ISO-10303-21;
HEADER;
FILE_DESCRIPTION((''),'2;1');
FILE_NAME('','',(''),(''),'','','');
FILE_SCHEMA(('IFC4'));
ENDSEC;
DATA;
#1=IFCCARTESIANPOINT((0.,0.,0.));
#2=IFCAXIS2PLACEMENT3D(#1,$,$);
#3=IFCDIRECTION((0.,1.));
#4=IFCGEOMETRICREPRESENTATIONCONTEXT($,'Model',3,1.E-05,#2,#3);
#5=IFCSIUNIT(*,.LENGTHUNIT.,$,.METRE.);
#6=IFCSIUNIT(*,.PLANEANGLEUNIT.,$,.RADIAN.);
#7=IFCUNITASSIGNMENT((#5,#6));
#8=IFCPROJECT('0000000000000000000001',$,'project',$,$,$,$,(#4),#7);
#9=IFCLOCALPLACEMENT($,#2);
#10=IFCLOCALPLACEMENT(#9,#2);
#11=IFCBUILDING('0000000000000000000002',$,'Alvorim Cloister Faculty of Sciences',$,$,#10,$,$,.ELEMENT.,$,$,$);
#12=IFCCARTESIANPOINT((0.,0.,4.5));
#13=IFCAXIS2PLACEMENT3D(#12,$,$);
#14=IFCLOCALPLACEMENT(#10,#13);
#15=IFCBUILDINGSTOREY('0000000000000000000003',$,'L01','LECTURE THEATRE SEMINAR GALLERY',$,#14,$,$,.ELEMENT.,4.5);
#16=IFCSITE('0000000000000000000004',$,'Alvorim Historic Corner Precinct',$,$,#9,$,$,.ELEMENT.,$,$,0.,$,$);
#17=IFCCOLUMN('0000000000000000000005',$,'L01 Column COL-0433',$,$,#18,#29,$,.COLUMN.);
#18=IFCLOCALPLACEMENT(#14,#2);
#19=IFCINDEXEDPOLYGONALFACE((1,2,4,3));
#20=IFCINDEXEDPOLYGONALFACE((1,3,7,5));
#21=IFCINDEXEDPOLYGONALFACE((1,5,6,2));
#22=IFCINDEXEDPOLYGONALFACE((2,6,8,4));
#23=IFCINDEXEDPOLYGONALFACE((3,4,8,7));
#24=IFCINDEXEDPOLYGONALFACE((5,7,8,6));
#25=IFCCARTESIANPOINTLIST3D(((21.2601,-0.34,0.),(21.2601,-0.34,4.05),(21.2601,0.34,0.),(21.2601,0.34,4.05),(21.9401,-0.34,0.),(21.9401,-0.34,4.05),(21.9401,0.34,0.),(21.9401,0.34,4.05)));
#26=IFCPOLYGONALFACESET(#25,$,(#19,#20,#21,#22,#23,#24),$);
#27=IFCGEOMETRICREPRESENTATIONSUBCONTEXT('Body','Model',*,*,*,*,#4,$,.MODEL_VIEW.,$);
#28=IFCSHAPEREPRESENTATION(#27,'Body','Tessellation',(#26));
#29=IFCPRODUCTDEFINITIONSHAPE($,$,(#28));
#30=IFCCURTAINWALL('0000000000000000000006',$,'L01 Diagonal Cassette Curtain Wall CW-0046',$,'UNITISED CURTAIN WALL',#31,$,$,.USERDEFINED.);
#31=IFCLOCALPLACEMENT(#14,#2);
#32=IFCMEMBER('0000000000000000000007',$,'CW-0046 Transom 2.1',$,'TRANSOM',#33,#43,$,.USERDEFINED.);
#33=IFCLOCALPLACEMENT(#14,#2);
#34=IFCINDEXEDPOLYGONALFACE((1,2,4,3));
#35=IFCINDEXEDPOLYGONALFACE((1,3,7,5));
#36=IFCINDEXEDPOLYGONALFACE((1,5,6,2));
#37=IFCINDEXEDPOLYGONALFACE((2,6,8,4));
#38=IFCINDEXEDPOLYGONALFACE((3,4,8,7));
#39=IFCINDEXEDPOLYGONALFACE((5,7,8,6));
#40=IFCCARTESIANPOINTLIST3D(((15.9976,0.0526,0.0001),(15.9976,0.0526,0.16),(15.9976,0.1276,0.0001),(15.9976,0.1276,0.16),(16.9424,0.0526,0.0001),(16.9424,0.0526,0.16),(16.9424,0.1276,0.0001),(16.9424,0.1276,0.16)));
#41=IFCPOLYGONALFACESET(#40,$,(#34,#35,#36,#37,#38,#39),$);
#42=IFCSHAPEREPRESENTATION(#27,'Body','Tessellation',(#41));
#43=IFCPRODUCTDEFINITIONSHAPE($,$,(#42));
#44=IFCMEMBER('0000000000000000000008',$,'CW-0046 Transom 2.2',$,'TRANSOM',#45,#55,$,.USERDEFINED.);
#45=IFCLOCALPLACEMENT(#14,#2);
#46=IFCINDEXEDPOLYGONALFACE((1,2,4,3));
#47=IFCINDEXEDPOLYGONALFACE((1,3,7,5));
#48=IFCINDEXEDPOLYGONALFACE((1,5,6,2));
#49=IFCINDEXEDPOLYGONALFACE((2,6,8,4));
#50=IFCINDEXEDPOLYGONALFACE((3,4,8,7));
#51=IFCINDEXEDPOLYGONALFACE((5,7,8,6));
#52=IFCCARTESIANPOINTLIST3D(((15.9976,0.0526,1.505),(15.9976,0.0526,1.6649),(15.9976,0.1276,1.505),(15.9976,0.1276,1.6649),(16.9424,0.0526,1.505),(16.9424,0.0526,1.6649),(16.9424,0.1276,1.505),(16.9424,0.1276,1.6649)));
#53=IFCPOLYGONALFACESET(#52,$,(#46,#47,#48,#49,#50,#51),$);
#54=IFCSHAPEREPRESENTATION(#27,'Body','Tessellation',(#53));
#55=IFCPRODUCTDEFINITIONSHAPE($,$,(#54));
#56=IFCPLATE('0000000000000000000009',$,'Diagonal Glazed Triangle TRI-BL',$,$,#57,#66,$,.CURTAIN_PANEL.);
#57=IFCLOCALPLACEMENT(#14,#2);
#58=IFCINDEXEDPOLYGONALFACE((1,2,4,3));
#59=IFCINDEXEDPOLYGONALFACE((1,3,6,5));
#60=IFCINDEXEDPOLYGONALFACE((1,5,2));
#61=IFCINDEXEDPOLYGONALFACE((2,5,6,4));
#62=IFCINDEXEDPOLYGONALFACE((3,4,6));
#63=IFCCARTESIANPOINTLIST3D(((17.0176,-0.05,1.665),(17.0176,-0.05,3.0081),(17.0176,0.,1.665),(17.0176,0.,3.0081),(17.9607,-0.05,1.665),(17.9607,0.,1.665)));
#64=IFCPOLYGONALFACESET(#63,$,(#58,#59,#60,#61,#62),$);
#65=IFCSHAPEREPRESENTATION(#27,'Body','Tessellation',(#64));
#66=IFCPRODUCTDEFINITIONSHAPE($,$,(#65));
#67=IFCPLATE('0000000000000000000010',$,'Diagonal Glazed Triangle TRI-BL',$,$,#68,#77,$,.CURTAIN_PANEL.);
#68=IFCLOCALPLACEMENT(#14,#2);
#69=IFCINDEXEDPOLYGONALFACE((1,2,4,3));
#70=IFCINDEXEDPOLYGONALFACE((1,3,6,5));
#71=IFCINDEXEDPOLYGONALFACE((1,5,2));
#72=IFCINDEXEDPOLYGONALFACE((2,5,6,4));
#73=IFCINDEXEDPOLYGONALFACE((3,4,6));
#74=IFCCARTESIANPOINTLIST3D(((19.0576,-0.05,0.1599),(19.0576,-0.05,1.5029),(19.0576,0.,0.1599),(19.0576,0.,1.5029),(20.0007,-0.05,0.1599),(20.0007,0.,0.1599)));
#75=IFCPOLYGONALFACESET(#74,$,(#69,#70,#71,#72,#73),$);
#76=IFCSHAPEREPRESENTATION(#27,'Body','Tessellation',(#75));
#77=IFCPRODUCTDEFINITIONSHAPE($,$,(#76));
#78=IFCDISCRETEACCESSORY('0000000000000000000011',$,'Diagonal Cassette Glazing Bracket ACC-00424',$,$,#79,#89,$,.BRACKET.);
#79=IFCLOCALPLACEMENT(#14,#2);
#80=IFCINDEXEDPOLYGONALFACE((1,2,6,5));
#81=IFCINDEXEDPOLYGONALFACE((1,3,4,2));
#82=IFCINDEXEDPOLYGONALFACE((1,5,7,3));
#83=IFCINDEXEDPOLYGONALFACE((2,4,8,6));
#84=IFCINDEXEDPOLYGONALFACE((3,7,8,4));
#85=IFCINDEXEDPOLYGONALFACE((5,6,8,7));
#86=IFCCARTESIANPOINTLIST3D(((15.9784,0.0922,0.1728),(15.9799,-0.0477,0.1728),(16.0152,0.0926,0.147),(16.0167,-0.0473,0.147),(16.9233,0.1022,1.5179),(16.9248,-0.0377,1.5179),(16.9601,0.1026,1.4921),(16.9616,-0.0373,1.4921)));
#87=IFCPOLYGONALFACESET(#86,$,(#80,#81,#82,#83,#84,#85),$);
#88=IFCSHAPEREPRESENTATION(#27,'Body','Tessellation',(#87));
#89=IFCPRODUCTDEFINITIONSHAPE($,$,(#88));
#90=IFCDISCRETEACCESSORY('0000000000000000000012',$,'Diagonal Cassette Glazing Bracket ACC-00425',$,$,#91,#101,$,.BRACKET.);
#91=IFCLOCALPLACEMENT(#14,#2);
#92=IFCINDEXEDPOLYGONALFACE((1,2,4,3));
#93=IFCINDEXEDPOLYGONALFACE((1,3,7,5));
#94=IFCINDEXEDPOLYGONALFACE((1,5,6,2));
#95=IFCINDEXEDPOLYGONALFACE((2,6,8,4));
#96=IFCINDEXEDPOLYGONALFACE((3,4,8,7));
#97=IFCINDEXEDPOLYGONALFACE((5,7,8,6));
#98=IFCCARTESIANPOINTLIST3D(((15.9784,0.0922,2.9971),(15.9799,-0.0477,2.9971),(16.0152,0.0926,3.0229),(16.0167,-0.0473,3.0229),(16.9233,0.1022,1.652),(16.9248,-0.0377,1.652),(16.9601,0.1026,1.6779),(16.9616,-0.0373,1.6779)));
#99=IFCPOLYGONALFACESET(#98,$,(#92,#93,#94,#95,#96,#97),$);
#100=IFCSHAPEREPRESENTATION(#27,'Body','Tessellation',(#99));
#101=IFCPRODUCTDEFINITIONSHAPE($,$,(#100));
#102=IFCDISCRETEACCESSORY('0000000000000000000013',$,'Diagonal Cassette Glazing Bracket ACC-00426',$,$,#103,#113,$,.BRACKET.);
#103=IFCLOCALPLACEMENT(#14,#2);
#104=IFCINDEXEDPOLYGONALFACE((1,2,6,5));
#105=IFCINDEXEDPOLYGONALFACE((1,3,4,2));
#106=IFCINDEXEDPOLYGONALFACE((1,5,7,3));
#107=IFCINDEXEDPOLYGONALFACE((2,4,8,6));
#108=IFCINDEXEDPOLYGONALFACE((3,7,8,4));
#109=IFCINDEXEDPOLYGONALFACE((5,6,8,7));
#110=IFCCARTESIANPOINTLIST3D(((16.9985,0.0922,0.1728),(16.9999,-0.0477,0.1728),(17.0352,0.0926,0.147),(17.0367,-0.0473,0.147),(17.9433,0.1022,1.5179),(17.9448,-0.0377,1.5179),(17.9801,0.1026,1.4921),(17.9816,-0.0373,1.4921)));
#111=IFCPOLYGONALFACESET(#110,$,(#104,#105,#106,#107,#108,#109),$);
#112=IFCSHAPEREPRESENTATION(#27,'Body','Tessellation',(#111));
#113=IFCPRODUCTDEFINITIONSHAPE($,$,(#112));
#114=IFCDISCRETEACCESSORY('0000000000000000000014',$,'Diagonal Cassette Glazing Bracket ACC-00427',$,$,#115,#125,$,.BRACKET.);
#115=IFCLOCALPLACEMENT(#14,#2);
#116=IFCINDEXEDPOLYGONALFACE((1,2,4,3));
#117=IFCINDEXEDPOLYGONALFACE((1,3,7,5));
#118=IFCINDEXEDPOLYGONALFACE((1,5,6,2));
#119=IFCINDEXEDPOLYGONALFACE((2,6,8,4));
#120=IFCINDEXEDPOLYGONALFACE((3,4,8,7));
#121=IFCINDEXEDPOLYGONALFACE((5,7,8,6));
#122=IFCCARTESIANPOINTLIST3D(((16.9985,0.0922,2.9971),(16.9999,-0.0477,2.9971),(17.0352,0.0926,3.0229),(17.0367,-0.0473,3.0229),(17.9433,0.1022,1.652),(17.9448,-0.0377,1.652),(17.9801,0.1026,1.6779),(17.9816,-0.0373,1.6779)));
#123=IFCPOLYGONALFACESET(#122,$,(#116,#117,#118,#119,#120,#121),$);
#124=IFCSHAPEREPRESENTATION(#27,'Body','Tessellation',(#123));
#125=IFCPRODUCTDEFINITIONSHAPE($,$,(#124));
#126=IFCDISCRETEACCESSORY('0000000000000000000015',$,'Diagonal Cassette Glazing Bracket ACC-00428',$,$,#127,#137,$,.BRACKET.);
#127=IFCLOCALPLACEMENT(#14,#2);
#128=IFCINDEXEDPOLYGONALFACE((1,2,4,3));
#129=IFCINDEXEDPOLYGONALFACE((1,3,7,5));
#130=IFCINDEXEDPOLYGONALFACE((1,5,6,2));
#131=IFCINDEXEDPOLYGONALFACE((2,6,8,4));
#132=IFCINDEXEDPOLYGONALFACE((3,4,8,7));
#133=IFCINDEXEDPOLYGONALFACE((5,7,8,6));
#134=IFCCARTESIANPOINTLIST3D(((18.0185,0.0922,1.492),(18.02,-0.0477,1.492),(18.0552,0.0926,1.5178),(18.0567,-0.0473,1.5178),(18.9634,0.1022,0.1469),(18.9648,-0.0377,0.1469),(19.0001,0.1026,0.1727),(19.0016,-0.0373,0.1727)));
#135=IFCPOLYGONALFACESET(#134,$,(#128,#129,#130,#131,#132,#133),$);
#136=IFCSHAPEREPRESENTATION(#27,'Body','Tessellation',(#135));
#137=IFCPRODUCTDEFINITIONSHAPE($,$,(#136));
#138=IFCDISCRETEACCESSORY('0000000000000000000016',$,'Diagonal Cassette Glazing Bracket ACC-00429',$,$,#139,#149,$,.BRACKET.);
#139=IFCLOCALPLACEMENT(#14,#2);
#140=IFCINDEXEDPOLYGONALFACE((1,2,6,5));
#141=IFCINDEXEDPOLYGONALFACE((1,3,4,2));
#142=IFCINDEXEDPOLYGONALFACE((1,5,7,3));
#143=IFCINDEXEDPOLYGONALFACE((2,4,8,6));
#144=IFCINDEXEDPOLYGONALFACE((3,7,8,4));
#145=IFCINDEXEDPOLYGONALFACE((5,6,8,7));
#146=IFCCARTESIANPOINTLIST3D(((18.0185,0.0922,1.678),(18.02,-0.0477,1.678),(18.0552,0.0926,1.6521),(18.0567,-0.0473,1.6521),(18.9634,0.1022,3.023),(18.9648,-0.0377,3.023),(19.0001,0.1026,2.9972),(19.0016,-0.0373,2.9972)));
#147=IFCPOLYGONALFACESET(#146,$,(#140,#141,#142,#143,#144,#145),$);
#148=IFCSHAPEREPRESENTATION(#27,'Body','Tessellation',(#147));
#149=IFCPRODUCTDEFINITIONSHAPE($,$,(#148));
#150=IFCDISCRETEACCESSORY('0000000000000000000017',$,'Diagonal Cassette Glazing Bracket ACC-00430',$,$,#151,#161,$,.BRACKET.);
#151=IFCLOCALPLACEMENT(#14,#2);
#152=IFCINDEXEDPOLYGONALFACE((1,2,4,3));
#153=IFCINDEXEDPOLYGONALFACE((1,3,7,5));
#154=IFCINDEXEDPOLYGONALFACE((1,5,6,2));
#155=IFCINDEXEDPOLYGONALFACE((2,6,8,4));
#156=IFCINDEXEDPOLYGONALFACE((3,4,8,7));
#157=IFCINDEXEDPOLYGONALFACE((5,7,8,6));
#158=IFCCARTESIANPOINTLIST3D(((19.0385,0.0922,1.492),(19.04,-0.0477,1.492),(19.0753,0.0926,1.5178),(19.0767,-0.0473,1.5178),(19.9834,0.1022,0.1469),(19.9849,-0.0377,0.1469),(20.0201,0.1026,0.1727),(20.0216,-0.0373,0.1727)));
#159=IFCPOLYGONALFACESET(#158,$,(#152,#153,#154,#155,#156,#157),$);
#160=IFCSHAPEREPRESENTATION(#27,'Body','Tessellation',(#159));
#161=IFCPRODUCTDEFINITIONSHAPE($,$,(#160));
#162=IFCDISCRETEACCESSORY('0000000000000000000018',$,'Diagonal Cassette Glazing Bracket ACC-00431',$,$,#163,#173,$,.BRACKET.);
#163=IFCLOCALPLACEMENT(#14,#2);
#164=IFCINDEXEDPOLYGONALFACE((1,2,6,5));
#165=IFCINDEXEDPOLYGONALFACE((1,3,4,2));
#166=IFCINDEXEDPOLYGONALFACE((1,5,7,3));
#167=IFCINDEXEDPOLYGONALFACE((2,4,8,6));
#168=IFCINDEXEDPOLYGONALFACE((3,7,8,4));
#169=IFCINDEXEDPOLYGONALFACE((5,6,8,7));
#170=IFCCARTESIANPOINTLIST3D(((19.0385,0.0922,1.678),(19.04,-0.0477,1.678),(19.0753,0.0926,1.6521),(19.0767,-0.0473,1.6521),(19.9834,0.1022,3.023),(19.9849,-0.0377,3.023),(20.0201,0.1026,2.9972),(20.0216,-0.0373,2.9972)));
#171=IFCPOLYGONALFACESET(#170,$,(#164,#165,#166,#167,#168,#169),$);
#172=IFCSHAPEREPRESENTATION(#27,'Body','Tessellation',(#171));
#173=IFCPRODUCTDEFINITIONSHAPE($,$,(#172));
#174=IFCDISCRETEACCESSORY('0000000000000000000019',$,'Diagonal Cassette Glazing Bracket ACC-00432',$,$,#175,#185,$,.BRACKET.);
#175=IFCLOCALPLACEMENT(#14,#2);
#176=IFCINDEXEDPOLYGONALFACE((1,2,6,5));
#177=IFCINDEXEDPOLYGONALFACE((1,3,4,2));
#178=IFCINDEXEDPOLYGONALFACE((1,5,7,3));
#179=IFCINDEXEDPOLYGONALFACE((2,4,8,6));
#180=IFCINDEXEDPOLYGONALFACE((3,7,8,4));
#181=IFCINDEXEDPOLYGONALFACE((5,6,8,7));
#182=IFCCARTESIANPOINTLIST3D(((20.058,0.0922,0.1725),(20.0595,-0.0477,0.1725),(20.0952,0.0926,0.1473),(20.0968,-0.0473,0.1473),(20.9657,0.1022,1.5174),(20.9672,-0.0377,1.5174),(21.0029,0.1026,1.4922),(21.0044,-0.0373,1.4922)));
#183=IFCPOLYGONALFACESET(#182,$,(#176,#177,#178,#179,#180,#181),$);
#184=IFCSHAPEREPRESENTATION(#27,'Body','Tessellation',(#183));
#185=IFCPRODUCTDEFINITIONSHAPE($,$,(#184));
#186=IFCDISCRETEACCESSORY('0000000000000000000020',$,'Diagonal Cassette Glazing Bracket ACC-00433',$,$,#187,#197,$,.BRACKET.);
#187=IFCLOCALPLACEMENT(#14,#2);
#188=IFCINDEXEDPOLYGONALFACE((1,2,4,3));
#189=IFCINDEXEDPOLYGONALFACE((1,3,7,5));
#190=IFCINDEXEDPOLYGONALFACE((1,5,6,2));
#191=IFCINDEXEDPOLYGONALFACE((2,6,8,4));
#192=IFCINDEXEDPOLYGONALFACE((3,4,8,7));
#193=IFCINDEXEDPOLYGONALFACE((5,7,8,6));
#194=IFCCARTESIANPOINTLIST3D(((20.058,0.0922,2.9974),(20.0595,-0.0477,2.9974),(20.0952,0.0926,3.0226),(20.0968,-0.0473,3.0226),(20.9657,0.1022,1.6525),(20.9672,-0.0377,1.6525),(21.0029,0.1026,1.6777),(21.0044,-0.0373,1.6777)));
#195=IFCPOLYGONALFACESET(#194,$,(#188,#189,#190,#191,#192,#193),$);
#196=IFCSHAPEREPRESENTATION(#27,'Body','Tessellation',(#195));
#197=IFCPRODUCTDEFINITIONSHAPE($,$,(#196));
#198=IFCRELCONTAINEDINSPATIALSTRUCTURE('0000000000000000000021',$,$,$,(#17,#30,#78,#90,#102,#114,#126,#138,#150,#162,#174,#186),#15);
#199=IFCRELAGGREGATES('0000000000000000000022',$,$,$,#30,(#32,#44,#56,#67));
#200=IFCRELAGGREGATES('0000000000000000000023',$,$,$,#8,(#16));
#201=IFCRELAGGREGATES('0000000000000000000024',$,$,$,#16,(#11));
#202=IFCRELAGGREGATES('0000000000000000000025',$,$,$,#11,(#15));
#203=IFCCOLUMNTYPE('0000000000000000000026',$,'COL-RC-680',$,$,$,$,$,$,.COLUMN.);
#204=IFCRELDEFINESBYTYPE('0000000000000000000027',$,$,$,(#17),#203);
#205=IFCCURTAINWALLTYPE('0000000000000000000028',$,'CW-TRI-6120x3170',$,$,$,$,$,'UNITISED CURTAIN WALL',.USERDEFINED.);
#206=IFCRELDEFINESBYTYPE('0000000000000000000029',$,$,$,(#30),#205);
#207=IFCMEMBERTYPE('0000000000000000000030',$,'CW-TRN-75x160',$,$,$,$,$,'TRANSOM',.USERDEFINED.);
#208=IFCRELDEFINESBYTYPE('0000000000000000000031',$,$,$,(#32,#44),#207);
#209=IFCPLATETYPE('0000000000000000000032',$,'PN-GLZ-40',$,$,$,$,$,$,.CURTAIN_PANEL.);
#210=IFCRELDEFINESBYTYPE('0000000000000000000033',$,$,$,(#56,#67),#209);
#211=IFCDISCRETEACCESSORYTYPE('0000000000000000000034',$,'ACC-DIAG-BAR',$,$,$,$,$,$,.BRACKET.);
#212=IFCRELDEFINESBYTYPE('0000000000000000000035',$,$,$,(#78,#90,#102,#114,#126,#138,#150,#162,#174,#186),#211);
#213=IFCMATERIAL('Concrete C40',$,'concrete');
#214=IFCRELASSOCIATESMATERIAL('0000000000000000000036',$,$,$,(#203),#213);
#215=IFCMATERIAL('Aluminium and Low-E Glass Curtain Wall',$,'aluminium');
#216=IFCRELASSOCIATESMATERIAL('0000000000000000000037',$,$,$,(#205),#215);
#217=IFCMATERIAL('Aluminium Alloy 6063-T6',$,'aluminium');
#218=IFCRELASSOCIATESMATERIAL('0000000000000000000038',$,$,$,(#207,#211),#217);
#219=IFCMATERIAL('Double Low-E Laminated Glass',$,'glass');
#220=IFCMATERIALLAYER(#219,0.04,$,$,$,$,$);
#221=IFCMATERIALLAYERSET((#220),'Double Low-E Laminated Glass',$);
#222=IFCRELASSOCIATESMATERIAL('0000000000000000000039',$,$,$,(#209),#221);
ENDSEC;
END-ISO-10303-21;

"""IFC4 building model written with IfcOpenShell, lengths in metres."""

from ifc_helpers import new_model, si_unit, direction, frame, origin, origin_2d, place, context, subcontext, project, spatial, polyline, rectangle, outline, extrude, material, layer, layer_set, material_profile, profile_set, type_object, element, aggregate, save


model = new_model("IFC4")

# Units and contexts
model_context = context("Model", 3, precision=1e-05, world=origin(), true_north=direction((0.0, 1.0)))
body_context = subcontext(model_context, "Body", "Model", "MODEL_VIEW")
ifc_project = project(units=[si_unit("LENGTHUNIT", "METRE"), si_unit("PLANEANGLEUNIT", "RADIAN")], contexts=[model_context])

# Site, building, storey
site_placement = place(None, origin())
site = spatial("IfcSite", under=ifc_project, at=site_placement, Name="Alvorim Historic Corner Precinct", CompositionType="ELEMENT", RefElevation=0.0)
building_placement = place(site_placement, origin())
building = spatial("IfcBuilding", under=site, at=building_placement, Name="Alvorim Cloister Faculty of Sciences", CompositionType="ELEMENT")
storey_placement = place(building_placement, frame((0.0, 0.0, 4.5)))
storey = spatial("IfcBuildingStorey", under=building, at=storey_placement, Name="L01", Description="LECTURE THEATRE SEMINAR GALLERY", CompositionType="ELEMENT", Elevation=4.5)

# Column
ifc_material_1 = material(Name="Concrete C40", Category="concrete")
ifc_material_profile_1 = material_profile(ifc_material_1, rectangle(XDim=0.6799, YDim=0.6799, at=origin_2d()), Name="RC40-COL-680x680")
ifc_profile_set_1 = profile_set([ifc_material_profile_1], Name="Concrete C40")
column_type = type_object("IfcColumnType", Name="COL-RC-680", PredefinedType="COLUMN", material=ifc_profile_set_1)
column_placement = place(storey_placement, frame((21.6001, 0.0, 0.0), z_axis=(0.0, 0.0, 1.0), x_axis=(1.0, 0.0, 0.0)))
element("IfcColumn", 1, at=column_placement, inside=storey, type_object=column_type, Name="L01 Column COL-0433", PredefinedType="COLUMN", context=body_context, shape_type="SweptSolid", body=[
    extrude(rectangle(XDim=0.6799, YDim=0.6799, at=origin_2d()), origin(), (0.0, 0.0, 1.0), 4.05),
])

# Curtain wall, members, plates
ifc_material_2 = material(Name="Aluminium and Low-E Glass Curtain Wall", Category="aluminium")
curtain_wall_type = type_object("IfcCurtainWallType", Name="CW-TRI-6120x3170", ElementType="UNITISED CURTAIN WALL", PredefinedType="USERDEFINED", material=ifc_material_2)
curtain_wall_placement = place(storey_placement, origin())
curtain_wall = element("IfcCurtainWall", 2, at=curtain_wall_placement, inside=storey, type_object=curtain_wall_type, Name="L01 Diagonal Cassette Curtain Wall CW-0046", ObjectType="UNITISED CURTAIN WALL", PredefinedType="USERDEFINED")
ifc_material_3 = material(Name="Aluminium Alloy 6063-T6", Category="aluminium")
ifc_material_profile_2 = material_profile(ifc_material_3, rectangle(XDim=0.075, YDim=0.1599, at=origin_2d()), Name="ALU-TRN-75x160")
ifc_profile_set_2 = profile_set([ifc_material_profile_2], Name="Aluminium Alloy 6063-T6")
member_type = type_object("IfcMemberType", Name="CW-TRN-75x160", ElementType="TRANSOM", PredefinedType="USERDEFINED", material=ifc_profile_set_2)
member_1_placement = place(storey_placement, frame((15.9976, 0.0901, 0.0801), z_axis=(1.0, 0.0, 0.0), x_axis=(0.0, 1.0, 0.0)))
member_1 = element("IfcMember", 3, at=member_1_placement, type_object=member_type, Name="CW-0046 Transom 2.1", ObjectType="TRANSOM", PredefinedType="USERDEFINED", context=body_context, shape_type="SweptSolid", body=[
    extrude(rectangle(XDim=0.075, YDim=0.1599, at=origin_2d()), origin(), (0.0, 0.0, 1.0), 0.9448),
])
member_2_placement = place(storey_placement, frame((15.9976, 0.0901, 1.585), z_axis=(1.0, 0.0, 0.0), x_axis=(0.0, 1.0, 0.0)))
member_2 = element("IfcMember", 4, at=member_2_placement, type_object=member_type, Name="CW-0046 Transom 2.2", ObjectType="TRANSOM", PredefinedType="USERDEFINED", context=body_context, shape_type="SweptSolid", body=[
    extrude(rectangle(XDim=0.075, YDim=0.1599, at=origin_2d()), origin(), (0.0, 0.0, 1.0), 0.9448),
])
ifc_material_4 = material(Name="Double Low-E Laminated Glass", Category="glass")
ifc_layer = layer(ifc_material_4, 0.04)
ifc_layer_set = layer_set([ifc_layer], Name="Double Low-E Laminated Glass")
plate_type = type_object("IfcPlateType", Name="PN-GLZ-40", PredefinedType="CURTAIN_PANEL", material=ifc_layer_set)
plate_1_placement = place(storey_placement, frame((17.0176, -0.0249, 1.665), z_axis=(0.0, 0.0, 1.0), x_axis=(1.0, 0.0, 0.0)))
plate_1 = element("IfcPlate", 5, at=plate_1_placement, type_object=plate_type, Name="Diagonal Glazed Triangle TRI-BL", PredefinedType="CURTAIN_PANEL", context=body_context, shape_type="SweptSolid", body=[
    extrude(outline(polyline([(0.0, 0.0), (0.9431, 0.0), (0.0, 1.343), (0.0, 0.0)])), frame((0.0, 0.0249, 0.0), z_axis=(0.0, -1.0, 0.0), x_axis=(1.0, 0.0, 0.0)), (0.0, 0.0, 1.0), 0.05),
])
plate_2_placement = place(storey_placement, frame((19.0576, -0.0249, 0.1599), z_axis=(0.0, 0.0, 1.0), x_axis=(1.0, 0.0, 0.0)))
plate_2 = element("IfcPlate", 6, at=plate_2_placement, type_object=plate_type, Name="Diagonal Glazed Triangle TRI-BL", PredefinedType="CURTAIN_PANEL", context=body_context, shape_type="SweptSolid", body=[
    extrude(outline(polyline([(0.0, 0.0), (0.9431, 0.0), (0.0, 1.343), (0.0, 0.0)])), frame((0.0, 0.0249, 0.0), z_axis=(0.0, -1.0, 0.0), x_axis=(1.0, 0.0, 0.0)), (0.0, 0.0, 1.0), 0.05),
])
aggregate(curtain_wall, [member_1, member_2, plate_1, plate_2])

# Discrete accessories
discrete_accessory_type = type_object("IfcDiscreteAccessoryType", Name="ACC-DIAG-BAR", PredefinedType="BRACKET", material=ifc_material_3)
for number, where, z_axis, x_axis, name in (
    (7, (15.9976, 0.0225, 0.1599), (0.574817, 0.00609, 0.81826), (-0.010594, 0.999944, 0.0), "Diagonal Cassette Glazing Bracket ACC-00424"),
    (8, (15.9976, 0.0225, 3.01), (0.574817, 0.00609, -0.81826), (-0.010594, 0.999944, 0.0), "Diagonal Cassette Glazing Bracket ACC-00425"),
    (9, (17.0176, 0.0225, 0.1599), (0.574817, 0.00609, 0.81826), (-0.010594, 0.999944, 0.0), "Diagonal Cassette Glazing Bracket ACC-00426"),
    (10, (17.0176, 0.0225, 3.01), (0.574817, 0.00609, -0.81826), (-0.010594, 0.999944, 0.0), "Diagonal Cassette Glazing Bracket ACC-00427"),
    (11, (18.0376, 0.0225, 1.5049), (0.574817, 0.00609, -0.81826), (-0.010594, 0.999944, 0.0), "Diagonal Cassette Glazing Bracket ACC-00428"),
    (12, (18.0376, 0.0225, 1.665), (0.574817, 0.00609, 0.81826), (-0.010594, 0.999944, 0.0), "Diagonal Cassette Glazing Bracket ACC-00429"),
    (13, (19.0576, 0.0225, 1.5049), (0.574817, 0.00609, -0.81826), (-0.010594, 0.999944, 0.0), "Diagonal Cassette Glazing Bracket ACC-00430"),
    (14, (19.0576, 0.0225, 1.665), (0.574817, 0.00609, 0.81826), (-0.010594, 0.999944, 0.0), "Diagonal Cassette Glazing Bracket ACC-00431"),
):
    element("IfcDiscreteAccessory", number, at=place(storey_placement, frame(where, z_axis=z_axis, x_axis=x_axis)), inside=storey, type_object=discrete_accessory_type, Name=name, PredefinedType="BRACKET", context=body_context, shape_type="SweptSolid", body=[
        extrude(rectangle(XDim=0.1399, YDim=0.0449, at=origin_2d()), origin(), (0.0, 0.0, 1.0), 1.6438),
    ])
for number, where, z_axis, x_axis, name in (
    (15, (20.0774, 0.0225, 0.1599), (0.559403, 0.006169, 0.828873), (-0.011027, 0.999939, 0.0), "Diagonal Cassette Glazing Bracket ACC-00432"),
    (16, (20.0774, 0.0225, 3.01), (0.559403, 0.006169, -0.828873), (-0.011027, 0.999939, 0.0), "Diagonal Cassette Glazing Bracket ACC-00433"),
):
    element("IfcDiscreteAccessory", number, at=place(storey_placement, frame(where, z_axis=z_axis, x_axis=x_axis)), inside=storey, type_object=discrete_accessory_type, Name=name, PredefinedType="BRACKET", context=body_context, shape_type="SweptSolid", body=[
        extrude(rectangle(XDim=0.1399, YDim=0.0449, at=origin_2d()), origin(), (0.0, 0.0, 1.0), 1.6226),
    ])

save(model, "model.ifc")
